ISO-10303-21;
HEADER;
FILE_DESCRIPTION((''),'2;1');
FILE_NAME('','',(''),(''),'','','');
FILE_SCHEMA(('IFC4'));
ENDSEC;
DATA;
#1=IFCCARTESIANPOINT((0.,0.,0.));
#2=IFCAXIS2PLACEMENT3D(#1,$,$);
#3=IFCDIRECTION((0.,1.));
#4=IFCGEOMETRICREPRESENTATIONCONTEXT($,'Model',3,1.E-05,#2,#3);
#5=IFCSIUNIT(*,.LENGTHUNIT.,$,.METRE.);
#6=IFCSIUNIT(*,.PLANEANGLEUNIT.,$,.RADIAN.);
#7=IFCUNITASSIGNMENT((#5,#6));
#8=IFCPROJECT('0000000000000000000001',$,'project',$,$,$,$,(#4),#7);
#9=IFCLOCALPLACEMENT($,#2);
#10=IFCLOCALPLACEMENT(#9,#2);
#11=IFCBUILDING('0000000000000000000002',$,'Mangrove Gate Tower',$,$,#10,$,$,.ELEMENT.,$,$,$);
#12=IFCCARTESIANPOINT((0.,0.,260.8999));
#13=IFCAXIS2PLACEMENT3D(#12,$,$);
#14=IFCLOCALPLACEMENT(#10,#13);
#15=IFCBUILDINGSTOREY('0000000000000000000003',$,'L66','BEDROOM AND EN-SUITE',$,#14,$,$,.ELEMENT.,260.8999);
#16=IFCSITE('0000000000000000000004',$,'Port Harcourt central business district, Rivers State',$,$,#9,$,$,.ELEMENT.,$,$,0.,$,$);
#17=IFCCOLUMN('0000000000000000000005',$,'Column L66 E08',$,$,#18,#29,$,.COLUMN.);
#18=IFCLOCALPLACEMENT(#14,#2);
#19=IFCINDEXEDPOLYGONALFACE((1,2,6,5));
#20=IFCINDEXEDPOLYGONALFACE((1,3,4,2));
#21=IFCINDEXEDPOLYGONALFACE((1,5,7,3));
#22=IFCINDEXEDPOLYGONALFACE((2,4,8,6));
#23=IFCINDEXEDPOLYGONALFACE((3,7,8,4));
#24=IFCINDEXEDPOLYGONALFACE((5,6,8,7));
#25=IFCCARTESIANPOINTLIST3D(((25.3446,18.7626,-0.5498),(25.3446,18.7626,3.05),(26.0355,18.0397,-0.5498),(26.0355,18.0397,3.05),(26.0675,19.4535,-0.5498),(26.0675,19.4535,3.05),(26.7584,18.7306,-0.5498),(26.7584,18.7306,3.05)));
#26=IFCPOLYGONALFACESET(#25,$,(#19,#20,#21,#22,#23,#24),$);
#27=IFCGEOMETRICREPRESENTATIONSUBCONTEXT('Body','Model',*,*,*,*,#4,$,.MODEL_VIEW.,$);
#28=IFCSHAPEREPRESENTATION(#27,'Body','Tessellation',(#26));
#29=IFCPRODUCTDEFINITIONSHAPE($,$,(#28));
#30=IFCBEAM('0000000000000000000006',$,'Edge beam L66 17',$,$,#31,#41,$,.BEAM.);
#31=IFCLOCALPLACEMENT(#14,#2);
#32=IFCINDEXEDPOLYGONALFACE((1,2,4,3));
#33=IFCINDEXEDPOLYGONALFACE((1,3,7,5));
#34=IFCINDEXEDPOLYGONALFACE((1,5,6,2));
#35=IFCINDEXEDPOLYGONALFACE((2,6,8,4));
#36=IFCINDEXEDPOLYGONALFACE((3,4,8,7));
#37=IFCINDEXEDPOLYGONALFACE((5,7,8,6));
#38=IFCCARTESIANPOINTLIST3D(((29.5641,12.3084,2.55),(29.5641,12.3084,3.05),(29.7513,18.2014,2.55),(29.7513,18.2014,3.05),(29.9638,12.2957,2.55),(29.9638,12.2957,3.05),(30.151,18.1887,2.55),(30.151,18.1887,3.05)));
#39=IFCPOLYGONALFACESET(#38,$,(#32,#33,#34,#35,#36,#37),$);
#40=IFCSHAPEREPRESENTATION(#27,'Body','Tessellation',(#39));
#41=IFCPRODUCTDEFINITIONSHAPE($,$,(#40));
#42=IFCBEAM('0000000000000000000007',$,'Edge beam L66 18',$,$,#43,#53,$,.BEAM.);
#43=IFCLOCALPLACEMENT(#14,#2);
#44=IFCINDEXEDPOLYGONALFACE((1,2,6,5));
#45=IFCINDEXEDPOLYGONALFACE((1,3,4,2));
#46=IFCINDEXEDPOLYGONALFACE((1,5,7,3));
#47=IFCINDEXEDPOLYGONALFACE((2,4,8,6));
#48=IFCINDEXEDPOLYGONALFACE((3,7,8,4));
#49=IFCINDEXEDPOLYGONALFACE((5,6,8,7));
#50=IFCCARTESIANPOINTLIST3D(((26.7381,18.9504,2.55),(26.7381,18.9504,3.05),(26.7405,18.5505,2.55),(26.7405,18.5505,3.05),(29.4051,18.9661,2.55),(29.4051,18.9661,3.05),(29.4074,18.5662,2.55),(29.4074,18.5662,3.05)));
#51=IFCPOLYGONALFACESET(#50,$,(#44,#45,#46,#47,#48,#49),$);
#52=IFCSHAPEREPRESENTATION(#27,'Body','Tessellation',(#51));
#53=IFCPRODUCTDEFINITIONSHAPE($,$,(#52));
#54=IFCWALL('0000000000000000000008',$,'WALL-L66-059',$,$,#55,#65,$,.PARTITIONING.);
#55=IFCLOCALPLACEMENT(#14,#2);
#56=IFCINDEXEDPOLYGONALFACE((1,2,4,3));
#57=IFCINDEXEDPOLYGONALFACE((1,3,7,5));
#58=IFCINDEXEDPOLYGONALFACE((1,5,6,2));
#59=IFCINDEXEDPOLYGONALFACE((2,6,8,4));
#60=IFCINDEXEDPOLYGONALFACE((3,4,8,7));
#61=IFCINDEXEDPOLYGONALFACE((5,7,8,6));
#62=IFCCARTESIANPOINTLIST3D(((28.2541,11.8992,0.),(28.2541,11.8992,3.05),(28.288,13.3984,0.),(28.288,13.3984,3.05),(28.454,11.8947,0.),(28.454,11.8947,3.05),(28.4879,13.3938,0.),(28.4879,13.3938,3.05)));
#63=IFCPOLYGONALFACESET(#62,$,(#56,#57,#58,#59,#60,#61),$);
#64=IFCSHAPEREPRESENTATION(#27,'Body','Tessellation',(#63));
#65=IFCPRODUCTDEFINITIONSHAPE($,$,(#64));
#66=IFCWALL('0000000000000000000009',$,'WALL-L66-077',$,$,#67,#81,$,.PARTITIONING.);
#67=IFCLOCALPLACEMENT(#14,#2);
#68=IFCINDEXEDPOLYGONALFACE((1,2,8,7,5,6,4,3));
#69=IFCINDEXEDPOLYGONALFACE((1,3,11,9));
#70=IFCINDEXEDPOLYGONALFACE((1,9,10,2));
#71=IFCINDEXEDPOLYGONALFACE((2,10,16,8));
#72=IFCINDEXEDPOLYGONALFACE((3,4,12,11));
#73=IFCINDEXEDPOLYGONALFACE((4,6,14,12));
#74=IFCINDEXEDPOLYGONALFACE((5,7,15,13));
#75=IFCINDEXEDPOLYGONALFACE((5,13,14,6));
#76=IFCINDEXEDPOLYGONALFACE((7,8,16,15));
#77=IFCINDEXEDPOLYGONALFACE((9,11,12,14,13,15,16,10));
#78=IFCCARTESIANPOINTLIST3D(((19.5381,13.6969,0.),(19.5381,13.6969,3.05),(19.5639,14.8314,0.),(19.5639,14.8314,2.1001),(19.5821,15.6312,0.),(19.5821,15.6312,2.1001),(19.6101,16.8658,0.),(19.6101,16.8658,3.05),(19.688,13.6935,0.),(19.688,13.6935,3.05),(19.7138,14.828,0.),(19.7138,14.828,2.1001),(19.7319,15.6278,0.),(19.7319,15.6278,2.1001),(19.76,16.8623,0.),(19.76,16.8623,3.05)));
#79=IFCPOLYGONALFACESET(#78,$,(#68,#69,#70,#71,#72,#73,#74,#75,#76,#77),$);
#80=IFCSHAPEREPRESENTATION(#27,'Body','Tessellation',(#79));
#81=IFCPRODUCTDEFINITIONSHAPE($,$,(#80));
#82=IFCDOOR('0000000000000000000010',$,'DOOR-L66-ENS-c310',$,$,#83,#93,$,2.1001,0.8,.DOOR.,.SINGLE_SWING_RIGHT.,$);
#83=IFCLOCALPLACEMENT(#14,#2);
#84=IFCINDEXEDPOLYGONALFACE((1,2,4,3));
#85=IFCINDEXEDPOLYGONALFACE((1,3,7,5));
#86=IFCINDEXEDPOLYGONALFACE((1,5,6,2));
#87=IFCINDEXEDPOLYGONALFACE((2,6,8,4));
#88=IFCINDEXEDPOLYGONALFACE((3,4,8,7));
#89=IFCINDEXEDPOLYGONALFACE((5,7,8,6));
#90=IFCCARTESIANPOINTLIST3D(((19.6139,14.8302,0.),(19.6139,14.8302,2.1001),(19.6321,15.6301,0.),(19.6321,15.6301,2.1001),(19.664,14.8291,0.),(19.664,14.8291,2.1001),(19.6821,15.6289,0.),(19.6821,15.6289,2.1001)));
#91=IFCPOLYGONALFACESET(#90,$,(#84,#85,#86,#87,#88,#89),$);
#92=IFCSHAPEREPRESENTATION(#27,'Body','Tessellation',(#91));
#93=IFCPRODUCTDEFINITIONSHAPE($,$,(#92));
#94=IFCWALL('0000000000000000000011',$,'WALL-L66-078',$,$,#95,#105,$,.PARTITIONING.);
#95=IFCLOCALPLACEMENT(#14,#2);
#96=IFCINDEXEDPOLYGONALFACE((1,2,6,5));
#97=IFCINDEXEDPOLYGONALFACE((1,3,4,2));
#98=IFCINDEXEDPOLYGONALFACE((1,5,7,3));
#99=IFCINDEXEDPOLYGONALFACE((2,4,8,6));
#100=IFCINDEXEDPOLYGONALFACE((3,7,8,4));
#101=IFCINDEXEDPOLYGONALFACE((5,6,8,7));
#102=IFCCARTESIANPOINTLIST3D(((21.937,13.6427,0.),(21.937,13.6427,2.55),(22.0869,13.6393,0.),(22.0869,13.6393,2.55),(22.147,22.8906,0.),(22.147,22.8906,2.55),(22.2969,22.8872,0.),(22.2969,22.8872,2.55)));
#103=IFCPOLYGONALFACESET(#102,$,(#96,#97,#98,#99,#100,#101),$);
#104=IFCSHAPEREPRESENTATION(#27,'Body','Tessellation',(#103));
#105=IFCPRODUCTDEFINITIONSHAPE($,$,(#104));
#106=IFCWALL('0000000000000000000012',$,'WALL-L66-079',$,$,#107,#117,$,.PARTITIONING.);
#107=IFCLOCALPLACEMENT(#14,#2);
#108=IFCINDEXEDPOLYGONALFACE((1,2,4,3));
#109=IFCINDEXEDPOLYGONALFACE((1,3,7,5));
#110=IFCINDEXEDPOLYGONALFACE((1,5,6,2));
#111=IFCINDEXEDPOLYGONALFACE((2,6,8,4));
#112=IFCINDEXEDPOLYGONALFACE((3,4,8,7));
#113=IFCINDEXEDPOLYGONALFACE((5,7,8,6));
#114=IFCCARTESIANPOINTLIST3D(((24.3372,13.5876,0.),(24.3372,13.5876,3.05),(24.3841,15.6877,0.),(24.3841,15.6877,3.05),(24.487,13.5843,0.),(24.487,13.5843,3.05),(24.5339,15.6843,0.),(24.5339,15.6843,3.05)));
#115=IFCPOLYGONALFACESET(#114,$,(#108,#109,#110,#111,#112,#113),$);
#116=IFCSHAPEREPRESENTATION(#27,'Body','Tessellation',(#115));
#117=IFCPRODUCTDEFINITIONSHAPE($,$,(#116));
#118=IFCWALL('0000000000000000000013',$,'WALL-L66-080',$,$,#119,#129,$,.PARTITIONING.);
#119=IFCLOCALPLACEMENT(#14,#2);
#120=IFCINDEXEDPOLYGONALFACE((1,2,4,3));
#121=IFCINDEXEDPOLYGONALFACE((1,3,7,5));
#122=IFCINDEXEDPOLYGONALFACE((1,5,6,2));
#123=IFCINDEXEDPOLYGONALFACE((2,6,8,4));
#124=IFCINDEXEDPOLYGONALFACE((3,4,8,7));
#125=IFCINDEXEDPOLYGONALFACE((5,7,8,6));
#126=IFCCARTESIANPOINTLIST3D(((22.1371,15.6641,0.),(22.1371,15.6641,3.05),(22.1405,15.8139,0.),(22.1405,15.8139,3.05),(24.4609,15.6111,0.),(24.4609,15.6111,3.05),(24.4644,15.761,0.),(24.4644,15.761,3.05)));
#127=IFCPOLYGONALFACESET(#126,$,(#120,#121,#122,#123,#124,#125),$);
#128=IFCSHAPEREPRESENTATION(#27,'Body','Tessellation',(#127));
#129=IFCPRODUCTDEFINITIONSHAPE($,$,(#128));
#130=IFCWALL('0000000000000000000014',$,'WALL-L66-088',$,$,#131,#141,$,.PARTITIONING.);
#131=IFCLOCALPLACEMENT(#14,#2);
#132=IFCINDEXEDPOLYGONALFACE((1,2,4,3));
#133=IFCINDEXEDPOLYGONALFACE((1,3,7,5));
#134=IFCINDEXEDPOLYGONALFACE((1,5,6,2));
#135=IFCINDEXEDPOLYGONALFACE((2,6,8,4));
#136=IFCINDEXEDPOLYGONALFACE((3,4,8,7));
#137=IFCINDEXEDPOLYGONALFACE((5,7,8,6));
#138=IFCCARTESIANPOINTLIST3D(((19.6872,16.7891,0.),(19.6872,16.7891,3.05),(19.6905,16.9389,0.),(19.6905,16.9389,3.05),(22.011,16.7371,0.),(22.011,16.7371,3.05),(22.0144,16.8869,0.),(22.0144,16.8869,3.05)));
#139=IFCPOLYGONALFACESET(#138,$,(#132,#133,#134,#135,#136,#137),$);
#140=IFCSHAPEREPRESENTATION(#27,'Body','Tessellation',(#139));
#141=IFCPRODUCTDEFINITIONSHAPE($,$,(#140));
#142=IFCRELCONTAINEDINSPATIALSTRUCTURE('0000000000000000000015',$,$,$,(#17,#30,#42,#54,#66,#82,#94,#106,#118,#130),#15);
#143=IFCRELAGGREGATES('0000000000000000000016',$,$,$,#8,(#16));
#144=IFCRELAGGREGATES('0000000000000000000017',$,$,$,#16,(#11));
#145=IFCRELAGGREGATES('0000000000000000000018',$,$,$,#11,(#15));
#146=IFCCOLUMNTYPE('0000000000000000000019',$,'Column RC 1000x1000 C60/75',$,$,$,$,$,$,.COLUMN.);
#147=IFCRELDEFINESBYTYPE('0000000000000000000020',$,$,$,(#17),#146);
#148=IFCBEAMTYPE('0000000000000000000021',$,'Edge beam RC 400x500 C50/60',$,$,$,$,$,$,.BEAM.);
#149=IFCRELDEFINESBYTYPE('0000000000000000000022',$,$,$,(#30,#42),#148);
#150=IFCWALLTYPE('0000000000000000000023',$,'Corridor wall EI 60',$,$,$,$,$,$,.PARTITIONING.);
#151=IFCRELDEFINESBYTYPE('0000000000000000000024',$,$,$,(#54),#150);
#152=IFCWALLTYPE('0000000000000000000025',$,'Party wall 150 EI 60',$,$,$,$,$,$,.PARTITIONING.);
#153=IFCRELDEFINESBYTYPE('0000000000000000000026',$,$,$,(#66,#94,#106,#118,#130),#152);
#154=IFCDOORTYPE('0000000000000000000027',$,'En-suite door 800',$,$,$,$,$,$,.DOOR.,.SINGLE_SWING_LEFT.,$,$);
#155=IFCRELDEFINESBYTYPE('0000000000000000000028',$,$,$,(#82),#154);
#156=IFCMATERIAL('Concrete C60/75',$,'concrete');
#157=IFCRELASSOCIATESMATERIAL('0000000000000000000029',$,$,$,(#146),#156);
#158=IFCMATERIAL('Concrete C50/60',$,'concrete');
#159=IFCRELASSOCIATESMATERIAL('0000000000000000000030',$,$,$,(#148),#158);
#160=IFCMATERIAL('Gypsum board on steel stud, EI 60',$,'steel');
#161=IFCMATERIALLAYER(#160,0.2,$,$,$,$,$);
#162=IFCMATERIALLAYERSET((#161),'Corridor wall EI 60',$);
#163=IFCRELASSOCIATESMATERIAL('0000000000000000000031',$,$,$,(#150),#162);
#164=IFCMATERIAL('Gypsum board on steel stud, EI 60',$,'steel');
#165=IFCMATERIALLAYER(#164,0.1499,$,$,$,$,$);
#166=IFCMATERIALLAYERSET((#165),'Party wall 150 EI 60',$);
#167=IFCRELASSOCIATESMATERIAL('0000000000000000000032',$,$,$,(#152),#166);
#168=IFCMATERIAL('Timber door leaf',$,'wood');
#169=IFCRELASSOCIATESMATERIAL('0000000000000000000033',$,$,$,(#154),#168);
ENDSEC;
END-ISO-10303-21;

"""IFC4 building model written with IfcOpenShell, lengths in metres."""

from ifc_helpers import new_model, si_unit, direction, frame, frame_2d, origin, origin_2d, place, context, subcontext, project, spatial, rectangle, extrude, material, layer, layer_set, material_profile, profile_set, type_object, element, fill, save


model = new_model("IFC4")

# Units and contexts
model_context = context("Model", 3, precision=1e-05, world=origin(), true_north=direction((0.0, 1.0)))
body_context = subcontext(model_context, "Body", "Model", "MODEL_VIEW")
ifc_project = project(units=[si_unit("LENGTHUNIT", "METRE"), si_unit("PLANEANGLEUNIT", "RADIAN")], contexts=[model_context])

# Site, building, storey
site_placement = place(None, origin())
site = spatial("IfcSite", under=ifc_project, at=site_placement, Name="Port Harcourt central business district, Rivers State", CompositionType="ELEMENT", RefElevation=0.0)
building_placement = place(site_placement, origin())
building = spatial("IfcBuilding", under=site, at=building_placement, Name="Mangrove Gate Tower", CompositionType="ELEMENT")
storey_placement = place(building_placement, frame((0.0, 0.0, 260.8999)))
storey = spatial("IfcBuildingStorey", under=building, at=storey_placement, Name="L66", Description="BEDROOM AND EN-SUITE", CompositionType="ELEMENT", Elevation=260.8999)

# Column
ifc_material_1 = material(Name="Concrete C60/75", Category="concrete")
ifc_material_profile_1 = material_profile(ifc_material_1, rectangle(XDim=1.0, YDim=1.0, at=origin_2d()))
ifc_profile_set_1 = profile_set([ifc_material_profile_1], Name="Concrete C60/75")
column_type = type_object("IfcColumnType", Name="Column RC 1000x1000 C60/75", PredefinedType="COLUMN", material=ifc_profile_set_1)
column_placement = place(storey_placement, frame((26.0515, 18.7466, -0.5498), z_axis=(0.0, 0.0, 1.0), x_axis=(-0.690926, 0.722926, 0.0)))
element("IfcColumn", 1, at=column_placement, inside=storey, type_object=column_type, Name="Column L66 E08", PredefinedType="COLUMN", context=body_context, shape_type="SweptSolid", body=[
    extrude(rectangle(XDim=1.0, YDim=1.0, at=origin_2d()), origin(), (0.0, 0.0, 1.0), 3.5999),
])

# Beams
ifc_material_2 = material(Name="Concrete C50/60", Category="concrete")
ifc_material_profile_2 = material_profile(ifc_material_2, rectangle(XDim=0.3999, YDim=0.5, at=origin_2d()))
ifc_profile_set_2 = profile_set([ifc_material_profile_2], Name="Concrete C50/60")
beam_type = type_object("IfcBeamType", Name="Edge beam RC 400x500 C50/60", PredefinedType="BEAM", material=ifc_profile_set_2)
beam_1_placement = place(storey_placement, frame((29.7639, 12.302, 2.8), z_axis=(0.03176, 0.999496, 0.0), x_axis=(-0.999496, 0.03176, 0.0)))
element("IfcBeam", 2, at=beam_1_placement, inside=storey, type_object=beam_type, Name="Edge beam L66 17", PredefinedType="BEAM", context=body_context, shape_type="SweptSolid", body=[
    extrude(rectangle(XDim=0.3999, YDim=0.5, at=origin_2d()), origin(), (0.0, 0.0, 1.0), 5.896),
])
beam_2_placement = place(storey_placement, frame((29.4062, 18.7661, 2.8), z_axis=(-0.999983, -0.005859, 0.0), x_axis=(0.005859, -0.999983, 0.0)))
element("IfcBeam", 3, at=beam_2_placement, inside=storey, type_object=beam_type, Name="Edge beam L66 18", PredefinedType="BEAM", context=body_context, shape_type="SweptSolid", body=[
    extrude(rectangle(XDim=0.3999, YDim=0.5, at=origin_2d()), origin(), (0.0, 0.0, 1.0), 2.667),
])

# Wall
ifc_material_3 = material(Name="Gypsum board on steel stud, EI 60", Category="steel")
ifc_layer_1 = layer(ifc_material_3, 0.2)
ifc_layer_set_1 = layer_set([ifc_layer_1], Name="Corridor wall EI 60")
wall_type_1 = type_object("IfcWallType", Name="Corridor wall EI 60", PredefinedType="PARTITIONING", material=ifc_layer_set_1)
wall_1_placement = place(storey_placement, frame((28.354, 11.897, 0.0), z_axis=(0.0, 0.0, 1.0), x_axis=(0.022633, 0.999744, 0.0)))
element("IfcWall", 4, at=wall_1_placement, inside=storey, type_object=wall_type_1, Name="WALL-L66-059", PredefinedType="PARTITIONING", context=body_context, shape_type="SweptSolid", body=[
    extrude(rectangle(XDim=1.4995, YDim=0.2, at=frame_2d((0.7498, 0.0))), origin(), (0.0, 0.0, 1.0), 3.05),
])

# Wall, opening, door
ifc_material_4 = material(Name="Gypsum board on steel stud, EI 60", Category="steel")
ifc_layer_2 = layer(ifc_material_4, 0.1499)
ifc_layer_set_2 = layer_set([ifc_layer_2], Name="Party wall 150 EI 60")
wall_type_2 = type_object("IfcWallType", Name="Party wall 150 EI 60", PredefinedType="PARTITIONING", material=ifc_layer_set_2)
wall_2_placement = place(storey_placement, frame((19.613, 13.6951, 0.0), z_axis=(0.0, 0.0, 1.0), x_axis=(0.022721, 0.999742, 0.0)))
wall_2 = element("IfcWall", 5, at=wall_2_placement, inside=storey, type_object=wall_type_2, Name="WALL-L66-077", PredefinedType="PARTITIONING", context=body_context, shape_type="SweptSolid", body=[
    extrude(rectangle(XDim=3.1697, YDim=0.1499, at=frame_2d((1.585, 0.0))), origin(), (0.0, 0.0, 1.0), 3.05),
])
opening_placement = place(wall_2_placement, frame((1.135, 0.0, 0.0)))
opening = element("IfcOpeningElement", 6, at=opening_placement, cuts=wall_2, PredefinedType="OPENING", context=body_context, shape_type="SweptSolid", body=[
    extrude(rectangle(XDim=0.8, YDim=2.1001, at=frame_2d((0.3999, 1.05))), frame((0.0, 0.085, 0.0), z_axis=(0.0, -1.0, 0.0), x_axis=(1.0, 0.0, 0.0)), (0.0, 0.0, 1.0), 0.1699),
])
ifc_material_5 = material(Name="Timber door leaf", Category="wood")
door_type = type_object("IfcDoorType", Name="En-suite door 800", OperationType="SINGLE_SWING_LEFT", PredefinedType="DOOR", material=ifc_material_5)
door_placement = place(opening_placement, origin())
door = element("IfcDoor", 7, at=door_placement, inside=storey, type_object=door_type, Name="DOOR-L66-ENS-c310", OperationType="SINGLE_SWING_RIGHT", OverallHeight=2.1001, OverallWidth=0.8, PredefinedType="DOOR", context=body_context, shape_type="SweptSolid", body=[
    extrude(rectangle(XDim=0.8, YDim=2.1001, at=frame_2d((0.3999, 1.05))), frame((0.0, 0.0249, 0.0), z_axis=(0.0, -1.0, 0.0), x_axis=(1.0, 0.0, 0.0)), (0.0, 0.0, 1.0), 0.05),
])
fill(opening, door)

# Walls
wall_3_placement = place(storey_placement, frame((22.012, 13.6411, 0.0), z_axis=(0.0, 0.0, 1.0), x_axis=(0.022698, 0.999742, 0.0)))
element("IfcWall", 8, at=wall_3_placement, inside=storey, type_object=wall_type_2, Name="WALL-L66-078", PredefinedType="PARTITIONING", context=body_context, shape_type="SweptSolid", body=[
    extrude(rectangle(XDim=9.2502, YDim=0.1499, at=frame_2d((4.625, 0.0))), origin(), (0.0, 0.0, 1.0), 2.55),
])
wall_4_placement = place(storey_placement, frame((24.4121, 13.5859, 0.0), z_axis=(0.0, 0.0, 1.0), x_axis=(0.022315, 0.999751, 0.0)))
element("IfcWall", 9, at=wall_4_placement, inside=storey, type_object=wall_type_2, Name="WALL-L66-079", PredefinedType="PARTITIONING", context=body_context, shape_type="SweptSolid", body=[
    extrude(rectangle(XDim=2.1006, YDim=0.1499, at=frame_2d((1.0503, 0.0))), origin(), (0.0, 0.0, 1.0), 3.05),
])
for number, where, z_axis, x_axis, name in (
    (10, (22.1389, 15.739, 0.0), (0.0, 0.0, 1.0), (0.99974, -0.022791, 0.0), "WALL-L66-080"),
    (11, (19.689, 16.864, 0.0), (0.0, 0.0, 1.0), (0.99975, -0.022371, 0.0), "WALL-L66-088"),
):
    element("IfcWall", number, at=place(storey_placement, frame(where, z_axis=z_axis, x_axis=x_axis)), inside=storey, type_object=wall_type_2, Name=name, PredefinedType="PARTITIONING", context=body_context, shape_type="SweptSolid", body=[
        extrude(rectangle(XDim=2.3245, YDim=0.1499, at=frame_2d((1.1621, 0.0))), origin(), (0.0, 0.0, 1.0), 3.05),
    ])

save(model, "model.ifc")
